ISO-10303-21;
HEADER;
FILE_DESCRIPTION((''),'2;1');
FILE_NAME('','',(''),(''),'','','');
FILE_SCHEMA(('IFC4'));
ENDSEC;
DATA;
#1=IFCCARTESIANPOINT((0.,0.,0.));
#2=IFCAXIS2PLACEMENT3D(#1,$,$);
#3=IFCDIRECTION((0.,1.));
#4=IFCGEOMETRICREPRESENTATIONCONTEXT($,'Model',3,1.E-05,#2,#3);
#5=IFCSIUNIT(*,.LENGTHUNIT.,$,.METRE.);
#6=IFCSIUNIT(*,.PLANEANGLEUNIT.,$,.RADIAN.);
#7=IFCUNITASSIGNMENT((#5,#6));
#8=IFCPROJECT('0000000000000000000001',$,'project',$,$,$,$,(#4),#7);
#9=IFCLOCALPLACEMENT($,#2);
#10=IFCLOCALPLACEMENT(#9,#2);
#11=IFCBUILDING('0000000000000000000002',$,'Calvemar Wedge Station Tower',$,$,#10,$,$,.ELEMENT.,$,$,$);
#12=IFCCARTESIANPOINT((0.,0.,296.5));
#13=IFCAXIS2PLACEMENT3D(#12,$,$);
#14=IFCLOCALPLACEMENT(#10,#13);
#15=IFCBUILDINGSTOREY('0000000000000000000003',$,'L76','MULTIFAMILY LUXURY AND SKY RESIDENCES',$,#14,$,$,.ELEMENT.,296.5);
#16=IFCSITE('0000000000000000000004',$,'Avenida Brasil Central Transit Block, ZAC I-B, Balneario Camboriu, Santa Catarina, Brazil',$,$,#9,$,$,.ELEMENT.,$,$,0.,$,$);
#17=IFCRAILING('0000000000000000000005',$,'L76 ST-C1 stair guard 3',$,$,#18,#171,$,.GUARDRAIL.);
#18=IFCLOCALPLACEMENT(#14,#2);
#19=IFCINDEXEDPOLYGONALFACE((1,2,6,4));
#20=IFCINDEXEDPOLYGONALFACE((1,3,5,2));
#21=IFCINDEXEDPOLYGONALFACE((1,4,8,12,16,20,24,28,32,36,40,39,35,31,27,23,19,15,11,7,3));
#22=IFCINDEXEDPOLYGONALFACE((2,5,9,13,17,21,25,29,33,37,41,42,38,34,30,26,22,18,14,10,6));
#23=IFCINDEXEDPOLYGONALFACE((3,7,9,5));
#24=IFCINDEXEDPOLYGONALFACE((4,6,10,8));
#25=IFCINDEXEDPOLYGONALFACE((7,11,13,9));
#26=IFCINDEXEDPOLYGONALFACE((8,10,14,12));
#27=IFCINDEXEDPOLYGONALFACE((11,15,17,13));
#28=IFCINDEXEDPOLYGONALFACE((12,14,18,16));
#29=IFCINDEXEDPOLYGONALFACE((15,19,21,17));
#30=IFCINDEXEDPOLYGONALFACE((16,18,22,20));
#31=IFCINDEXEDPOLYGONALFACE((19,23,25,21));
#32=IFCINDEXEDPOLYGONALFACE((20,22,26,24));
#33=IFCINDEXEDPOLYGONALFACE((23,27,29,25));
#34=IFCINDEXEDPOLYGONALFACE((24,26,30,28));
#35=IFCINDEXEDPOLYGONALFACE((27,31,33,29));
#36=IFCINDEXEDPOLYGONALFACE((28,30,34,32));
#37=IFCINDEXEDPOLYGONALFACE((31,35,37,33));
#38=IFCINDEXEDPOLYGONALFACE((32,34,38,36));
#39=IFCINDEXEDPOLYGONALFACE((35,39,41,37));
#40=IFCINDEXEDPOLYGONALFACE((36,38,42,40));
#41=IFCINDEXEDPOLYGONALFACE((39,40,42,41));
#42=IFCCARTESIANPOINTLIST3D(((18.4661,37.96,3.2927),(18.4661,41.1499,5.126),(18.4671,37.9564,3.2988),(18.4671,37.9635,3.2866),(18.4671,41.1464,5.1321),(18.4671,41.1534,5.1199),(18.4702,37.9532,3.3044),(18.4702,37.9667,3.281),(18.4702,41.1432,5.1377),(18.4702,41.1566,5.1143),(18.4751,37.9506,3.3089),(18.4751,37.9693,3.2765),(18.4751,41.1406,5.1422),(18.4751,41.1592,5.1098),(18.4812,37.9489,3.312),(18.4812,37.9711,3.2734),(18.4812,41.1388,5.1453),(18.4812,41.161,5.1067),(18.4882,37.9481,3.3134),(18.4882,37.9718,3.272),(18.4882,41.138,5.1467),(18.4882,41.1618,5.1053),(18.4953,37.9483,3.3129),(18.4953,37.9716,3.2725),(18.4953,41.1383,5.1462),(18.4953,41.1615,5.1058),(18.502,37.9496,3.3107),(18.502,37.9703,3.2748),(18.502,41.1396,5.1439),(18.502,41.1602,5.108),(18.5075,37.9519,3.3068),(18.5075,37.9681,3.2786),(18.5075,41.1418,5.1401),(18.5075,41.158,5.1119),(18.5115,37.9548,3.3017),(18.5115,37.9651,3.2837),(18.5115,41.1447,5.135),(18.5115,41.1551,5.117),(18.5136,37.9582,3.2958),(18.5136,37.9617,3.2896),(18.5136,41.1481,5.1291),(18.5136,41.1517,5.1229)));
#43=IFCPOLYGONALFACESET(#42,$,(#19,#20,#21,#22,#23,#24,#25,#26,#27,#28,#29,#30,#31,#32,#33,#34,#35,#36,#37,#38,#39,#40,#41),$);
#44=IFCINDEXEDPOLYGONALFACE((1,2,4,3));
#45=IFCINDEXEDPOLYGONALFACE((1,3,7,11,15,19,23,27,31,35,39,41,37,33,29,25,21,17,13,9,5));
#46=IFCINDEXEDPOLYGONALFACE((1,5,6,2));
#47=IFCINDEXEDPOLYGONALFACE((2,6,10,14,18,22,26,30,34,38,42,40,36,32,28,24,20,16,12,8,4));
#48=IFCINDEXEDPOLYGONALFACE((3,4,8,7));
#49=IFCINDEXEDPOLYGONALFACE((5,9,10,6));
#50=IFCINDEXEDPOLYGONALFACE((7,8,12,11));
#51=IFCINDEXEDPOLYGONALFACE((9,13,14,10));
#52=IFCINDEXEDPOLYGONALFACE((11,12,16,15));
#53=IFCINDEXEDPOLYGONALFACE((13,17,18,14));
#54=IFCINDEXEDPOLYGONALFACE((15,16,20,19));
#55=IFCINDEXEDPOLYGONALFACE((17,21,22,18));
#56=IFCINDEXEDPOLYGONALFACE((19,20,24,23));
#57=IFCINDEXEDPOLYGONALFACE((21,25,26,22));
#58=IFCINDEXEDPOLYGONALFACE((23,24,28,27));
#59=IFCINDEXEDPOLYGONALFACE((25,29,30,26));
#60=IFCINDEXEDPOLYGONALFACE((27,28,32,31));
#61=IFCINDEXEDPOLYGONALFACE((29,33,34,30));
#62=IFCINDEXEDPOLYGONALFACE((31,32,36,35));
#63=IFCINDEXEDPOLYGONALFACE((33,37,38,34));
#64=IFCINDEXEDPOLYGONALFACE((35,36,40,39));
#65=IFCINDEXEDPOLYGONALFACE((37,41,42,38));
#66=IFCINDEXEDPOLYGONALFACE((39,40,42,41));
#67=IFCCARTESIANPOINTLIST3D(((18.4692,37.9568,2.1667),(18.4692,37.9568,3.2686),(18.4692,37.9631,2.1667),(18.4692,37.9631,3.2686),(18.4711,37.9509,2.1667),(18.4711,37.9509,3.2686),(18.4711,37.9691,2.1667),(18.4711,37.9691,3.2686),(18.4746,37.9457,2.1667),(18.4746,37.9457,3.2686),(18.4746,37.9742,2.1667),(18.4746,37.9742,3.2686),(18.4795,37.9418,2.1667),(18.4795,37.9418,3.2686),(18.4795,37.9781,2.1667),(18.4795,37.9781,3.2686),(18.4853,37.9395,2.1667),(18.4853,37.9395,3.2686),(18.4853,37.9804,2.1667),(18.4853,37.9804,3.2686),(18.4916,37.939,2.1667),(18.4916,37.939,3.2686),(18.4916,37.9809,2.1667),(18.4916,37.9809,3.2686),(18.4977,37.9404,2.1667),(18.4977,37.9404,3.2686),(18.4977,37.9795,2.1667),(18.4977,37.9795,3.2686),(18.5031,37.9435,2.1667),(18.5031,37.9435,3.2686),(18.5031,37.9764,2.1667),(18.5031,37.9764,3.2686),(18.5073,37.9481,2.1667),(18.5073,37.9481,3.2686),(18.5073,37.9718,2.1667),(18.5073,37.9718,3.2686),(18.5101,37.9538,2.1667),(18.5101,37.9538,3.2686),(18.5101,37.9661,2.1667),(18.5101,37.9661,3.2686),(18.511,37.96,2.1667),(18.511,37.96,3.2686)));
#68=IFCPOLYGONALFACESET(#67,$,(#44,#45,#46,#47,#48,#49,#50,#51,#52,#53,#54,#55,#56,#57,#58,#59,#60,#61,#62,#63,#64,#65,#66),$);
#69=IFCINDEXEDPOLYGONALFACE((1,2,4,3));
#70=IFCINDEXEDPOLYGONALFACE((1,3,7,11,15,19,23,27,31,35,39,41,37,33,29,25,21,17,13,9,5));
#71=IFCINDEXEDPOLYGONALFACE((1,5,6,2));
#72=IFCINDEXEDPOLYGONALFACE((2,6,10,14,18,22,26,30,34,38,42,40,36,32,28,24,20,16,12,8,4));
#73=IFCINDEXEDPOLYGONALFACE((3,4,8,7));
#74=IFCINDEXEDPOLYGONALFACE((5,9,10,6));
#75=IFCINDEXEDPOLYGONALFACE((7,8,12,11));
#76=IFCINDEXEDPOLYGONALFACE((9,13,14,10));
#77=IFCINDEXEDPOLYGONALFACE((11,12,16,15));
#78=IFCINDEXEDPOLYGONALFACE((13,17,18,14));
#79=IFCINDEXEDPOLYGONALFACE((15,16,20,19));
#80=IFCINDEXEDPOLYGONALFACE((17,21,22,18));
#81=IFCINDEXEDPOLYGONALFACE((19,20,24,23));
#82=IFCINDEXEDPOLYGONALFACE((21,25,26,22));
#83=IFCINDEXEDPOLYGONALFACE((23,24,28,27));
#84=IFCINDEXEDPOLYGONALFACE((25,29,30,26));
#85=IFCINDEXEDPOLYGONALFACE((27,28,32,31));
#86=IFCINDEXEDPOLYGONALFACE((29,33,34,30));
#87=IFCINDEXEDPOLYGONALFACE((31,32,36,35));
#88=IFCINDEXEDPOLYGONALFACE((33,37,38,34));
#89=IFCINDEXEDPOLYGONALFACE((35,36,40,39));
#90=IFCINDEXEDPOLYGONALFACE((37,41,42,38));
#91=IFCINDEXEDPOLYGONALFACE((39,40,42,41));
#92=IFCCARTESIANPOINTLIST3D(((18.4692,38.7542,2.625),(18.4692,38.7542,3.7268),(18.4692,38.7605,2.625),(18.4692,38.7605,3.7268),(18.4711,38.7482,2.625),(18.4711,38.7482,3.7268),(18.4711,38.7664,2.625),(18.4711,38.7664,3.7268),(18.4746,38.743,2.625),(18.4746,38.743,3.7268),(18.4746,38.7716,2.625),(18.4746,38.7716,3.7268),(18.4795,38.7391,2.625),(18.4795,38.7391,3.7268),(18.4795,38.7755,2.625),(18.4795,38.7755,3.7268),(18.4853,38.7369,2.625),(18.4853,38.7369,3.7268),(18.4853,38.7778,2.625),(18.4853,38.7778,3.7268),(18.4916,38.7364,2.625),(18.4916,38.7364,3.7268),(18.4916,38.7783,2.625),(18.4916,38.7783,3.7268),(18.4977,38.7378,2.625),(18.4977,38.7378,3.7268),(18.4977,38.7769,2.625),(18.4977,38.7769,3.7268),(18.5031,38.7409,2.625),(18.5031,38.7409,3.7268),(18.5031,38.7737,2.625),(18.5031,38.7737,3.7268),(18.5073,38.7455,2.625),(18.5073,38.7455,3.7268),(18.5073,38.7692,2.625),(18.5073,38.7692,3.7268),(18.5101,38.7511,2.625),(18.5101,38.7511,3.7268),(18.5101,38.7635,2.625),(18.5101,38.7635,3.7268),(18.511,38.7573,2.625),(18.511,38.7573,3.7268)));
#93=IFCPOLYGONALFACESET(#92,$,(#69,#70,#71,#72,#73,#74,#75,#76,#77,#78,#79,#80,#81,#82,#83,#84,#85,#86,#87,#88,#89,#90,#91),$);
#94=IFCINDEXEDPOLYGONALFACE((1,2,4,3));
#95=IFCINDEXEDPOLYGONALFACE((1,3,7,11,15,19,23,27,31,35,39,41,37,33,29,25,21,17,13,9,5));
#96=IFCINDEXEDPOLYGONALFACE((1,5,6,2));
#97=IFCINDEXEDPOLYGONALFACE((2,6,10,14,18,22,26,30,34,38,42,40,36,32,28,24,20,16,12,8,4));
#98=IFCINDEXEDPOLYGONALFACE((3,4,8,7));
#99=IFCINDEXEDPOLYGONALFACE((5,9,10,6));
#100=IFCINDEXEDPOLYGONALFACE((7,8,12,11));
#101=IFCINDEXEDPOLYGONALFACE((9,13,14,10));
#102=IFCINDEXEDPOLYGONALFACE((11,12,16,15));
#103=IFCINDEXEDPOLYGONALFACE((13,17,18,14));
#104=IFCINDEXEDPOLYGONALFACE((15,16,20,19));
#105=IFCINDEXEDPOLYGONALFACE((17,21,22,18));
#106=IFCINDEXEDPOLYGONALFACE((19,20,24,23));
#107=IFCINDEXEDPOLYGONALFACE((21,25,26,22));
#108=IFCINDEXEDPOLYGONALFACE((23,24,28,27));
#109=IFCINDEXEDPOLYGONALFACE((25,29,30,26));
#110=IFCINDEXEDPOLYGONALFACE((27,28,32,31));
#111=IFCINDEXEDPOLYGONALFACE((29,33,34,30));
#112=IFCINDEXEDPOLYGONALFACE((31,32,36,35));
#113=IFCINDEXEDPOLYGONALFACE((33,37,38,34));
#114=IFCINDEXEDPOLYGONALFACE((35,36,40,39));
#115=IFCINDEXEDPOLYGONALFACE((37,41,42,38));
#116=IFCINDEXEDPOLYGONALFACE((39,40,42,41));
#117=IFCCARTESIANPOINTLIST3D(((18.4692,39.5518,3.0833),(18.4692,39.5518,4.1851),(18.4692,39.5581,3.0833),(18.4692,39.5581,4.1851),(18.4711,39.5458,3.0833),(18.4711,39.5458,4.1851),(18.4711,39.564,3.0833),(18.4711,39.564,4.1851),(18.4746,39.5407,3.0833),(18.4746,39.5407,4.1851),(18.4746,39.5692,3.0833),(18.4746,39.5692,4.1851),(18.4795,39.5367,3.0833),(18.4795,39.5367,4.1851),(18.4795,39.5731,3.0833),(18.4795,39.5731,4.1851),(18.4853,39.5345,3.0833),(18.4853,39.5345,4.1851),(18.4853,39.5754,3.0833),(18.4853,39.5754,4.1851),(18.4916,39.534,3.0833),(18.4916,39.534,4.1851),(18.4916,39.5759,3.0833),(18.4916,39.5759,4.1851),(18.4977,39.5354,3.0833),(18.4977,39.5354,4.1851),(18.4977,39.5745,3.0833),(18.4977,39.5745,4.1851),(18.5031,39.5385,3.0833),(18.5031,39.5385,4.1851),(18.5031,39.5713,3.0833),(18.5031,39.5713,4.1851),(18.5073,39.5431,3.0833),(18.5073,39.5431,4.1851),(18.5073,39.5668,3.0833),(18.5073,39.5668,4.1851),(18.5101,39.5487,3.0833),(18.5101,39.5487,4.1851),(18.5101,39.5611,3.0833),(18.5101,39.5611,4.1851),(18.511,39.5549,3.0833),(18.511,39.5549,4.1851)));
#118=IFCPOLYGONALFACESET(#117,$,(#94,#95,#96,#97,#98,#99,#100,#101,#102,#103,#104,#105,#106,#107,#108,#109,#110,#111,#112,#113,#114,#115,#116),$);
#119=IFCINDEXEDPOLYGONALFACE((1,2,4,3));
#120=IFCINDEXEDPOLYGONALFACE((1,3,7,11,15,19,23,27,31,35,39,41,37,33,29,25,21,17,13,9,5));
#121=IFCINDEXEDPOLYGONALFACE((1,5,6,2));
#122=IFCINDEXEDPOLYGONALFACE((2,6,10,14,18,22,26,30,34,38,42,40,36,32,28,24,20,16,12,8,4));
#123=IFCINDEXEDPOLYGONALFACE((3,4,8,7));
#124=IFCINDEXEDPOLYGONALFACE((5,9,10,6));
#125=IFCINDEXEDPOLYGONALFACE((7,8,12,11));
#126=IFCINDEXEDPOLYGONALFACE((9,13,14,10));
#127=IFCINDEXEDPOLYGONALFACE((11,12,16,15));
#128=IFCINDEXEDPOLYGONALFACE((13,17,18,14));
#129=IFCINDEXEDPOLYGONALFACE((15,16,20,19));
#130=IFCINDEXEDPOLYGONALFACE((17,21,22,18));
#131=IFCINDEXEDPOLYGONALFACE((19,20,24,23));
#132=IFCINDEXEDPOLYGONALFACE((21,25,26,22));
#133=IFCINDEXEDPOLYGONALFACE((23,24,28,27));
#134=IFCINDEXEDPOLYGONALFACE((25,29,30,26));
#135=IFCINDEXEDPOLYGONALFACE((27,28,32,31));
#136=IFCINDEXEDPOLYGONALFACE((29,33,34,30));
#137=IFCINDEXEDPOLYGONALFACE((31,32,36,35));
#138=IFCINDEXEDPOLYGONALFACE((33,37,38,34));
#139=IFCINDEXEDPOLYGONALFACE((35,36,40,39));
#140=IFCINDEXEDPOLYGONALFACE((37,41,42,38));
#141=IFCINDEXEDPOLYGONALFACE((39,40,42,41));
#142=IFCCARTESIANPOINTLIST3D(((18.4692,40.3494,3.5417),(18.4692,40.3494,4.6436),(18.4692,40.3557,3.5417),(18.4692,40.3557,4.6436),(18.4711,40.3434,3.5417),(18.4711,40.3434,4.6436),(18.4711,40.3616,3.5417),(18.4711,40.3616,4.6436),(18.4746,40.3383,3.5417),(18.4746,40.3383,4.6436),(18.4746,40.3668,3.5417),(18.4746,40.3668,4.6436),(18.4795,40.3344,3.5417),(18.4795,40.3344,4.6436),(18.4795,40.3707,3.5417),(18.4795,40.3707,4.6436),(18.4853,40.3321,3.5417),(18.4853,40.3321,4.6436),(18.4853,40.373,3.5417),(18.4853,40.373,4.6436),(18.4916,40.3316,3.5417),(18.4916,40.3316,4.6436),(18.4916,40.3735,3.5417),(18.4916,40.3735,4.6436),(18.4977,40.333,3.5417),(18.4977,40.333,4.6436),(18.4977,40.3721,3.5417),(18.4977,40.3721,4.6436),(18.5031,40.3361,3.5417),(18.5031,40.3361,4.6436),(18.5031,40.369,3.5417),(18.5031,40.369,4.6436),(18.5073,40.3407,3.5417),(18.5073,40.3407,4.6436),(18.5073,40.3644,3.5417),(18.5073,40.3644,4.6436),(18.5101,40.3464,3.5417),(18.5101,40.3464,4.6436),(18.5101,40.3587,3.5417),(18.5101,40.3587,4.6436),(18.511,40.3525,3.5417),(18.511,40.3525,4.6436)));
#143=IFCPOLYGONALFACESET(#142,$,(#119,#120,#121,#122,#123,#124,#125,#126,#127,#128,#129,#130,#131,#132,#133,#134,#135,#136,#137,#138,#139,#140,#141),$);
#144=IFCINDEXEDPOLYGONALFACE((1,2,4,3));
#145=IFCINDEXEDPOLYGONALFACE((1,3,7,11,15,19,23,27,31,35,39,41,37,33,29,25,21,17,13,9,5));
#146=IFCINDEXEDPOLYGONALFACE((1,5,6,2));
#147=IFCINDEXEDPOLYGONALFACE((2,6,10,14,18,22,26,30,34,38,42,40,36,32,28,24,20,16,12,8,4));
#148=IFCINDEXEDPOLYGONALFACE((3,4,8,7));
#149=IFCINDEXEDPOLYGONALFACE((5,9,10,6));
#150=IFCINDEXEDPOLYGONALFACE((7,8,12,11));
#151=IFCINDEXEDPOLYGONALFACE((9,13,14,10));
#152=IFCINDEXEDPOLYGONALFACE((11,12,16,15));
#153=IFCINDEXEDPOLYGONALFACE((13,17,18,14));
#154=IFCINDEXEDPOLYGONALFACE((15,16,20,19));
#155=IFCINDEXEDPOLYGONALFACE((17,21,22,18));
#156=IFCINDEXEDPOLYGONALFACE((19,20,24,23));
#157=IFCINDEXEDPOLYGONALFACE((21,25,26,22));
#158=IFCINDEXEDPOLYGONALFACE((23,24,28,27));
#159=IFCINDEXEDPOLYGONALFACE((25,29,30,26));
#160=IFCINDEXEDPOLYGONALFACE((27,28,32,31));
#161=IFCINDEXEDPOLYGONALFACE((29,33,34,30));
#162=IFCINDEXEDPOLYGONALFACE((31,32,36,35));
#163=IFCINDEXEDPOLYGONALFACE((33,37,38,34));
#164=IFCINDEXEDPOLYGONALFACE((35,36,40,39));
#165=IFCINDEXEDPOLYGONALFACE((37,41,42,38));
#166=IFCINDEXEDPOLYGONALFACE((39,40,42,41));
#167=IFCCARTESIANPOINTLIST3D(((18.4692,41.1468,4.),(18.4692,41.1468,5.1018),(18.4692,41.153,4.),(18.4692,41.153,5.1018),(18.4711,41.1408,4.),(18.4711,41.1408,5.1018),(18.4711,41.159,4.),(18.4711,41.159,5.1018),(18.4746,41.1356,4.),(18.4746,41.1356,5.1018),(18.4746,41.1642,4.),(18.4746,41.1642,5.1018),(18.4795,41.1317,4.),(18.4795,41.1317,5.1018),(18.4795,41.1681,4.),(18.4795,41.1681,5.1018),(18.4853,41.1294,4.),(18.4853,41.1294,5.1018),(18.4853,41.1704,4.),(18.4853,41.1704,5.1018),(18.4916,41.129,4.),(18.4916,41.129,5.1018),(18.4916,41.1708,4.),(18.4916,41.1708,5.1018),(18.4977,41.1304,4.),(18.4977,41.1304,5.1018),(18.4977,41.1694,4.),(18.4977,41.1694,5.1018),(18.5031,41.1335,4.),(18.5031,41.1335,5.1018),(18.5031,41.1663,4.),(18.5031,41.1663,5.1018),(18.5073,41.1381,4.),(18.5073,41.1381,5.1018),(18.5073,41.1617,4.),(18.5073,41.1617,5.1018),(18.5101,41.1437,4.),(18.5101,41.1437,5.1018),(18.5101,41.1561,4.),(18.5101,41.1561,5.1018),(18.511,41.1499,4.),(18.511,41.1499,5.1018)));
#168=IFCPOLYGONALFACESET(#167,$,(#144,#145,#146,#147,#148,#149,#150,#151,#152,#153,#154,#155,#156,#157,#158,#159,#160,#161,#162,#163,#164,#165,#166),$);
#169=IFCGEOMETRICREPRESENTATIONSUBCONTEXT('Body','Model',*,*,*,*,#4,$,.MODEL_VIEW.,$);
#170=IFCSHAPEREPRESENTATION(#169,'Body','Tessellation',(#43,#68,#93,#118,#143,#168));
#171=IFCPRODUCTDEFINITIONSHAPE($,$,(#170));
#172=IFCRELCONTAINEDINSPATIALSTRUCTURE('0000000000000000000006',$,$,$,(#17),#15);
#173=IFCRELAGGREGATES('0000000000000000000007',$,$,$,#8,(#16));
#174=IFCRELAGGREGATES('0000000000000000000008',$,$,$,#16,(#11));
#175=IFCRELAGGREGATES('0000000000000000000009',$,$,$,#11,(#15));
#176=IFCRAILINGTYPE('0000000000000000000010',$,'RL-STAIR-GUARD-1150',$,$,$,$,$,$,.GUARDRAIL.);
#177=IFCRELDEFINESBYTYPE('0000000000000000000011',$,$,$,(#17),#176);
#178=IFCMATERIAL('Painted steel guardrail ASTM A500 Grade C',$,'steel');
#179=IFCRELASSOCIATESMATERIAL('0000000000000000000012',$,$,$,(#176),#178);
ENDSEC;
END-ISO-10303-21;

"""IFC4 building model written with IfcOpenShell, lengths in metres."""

from ifc_helpers import new_model, si_unit, direction, frame, origin, origin_2d, place, context, subcontext, project, spatial, circle, extrude, material, type_object, element, save


model = new_model("IFC4")

# Units and contexts
model_context = context("Model", 3, precision=1e-05, world=origin(), true_north=direction((0.0, 1.0)))
body_context = subcontext(model_context, "Body", "Model", "MODEL_VIEW")
ifc_project = project(units=[si_unit("LENGTHUNIT", "METRE"), si_unit("PLANEANGLEUNIT", "RADIAN")], contexts=[model_context])

# Site, building, storey
site_placement = place(None, origin())
site = spatial("IfcSite", under=ifc_project, at=site_placement, Name="Avenida Brasil Central Transit Block, ZAC I-B, Balneario Camboriu, Santa Catarina, Brazil", CompositionType="ELEMENT", RefElevation=0.0)
building_placement = place(site_placement, origin())
building = spatial("IfcBuilding", under=site, at=building_placement, Name="Calvemar Wedge Station Tower", CompositionType="ELEMENT")
storey_placement = place(building_placement, frame((0.0, 0.0, 296.5)))
storey = spatial("IfcBuildingStorey", under=building, at=storey_placement, Name="L76", Description="MULTIFAMILY LUXURY AND SKY RESIDENCES", CompositionType="ELEMENT", Elevation=296.5)

# Railing
ifc_material_1 = material(Name="Painted steel guardrail ASTM A500 Grade C", Category="steel")
railing_type_1 = type_object("IfcRailingType", Name="RL-STAIR-GUARD-1150", PredefinedType="GUARDRAIL", material=ifc_material_1)
railing_1_placement = place(storey_placement, frame((18.49, 37.96, 2.1667)))
element("IfcRailing", 1, at=railing_1_placement, inside=storey, type_object=railing_type_1, Name="L76 ST-C1 stair guard 3", PredefinedType="GUARDRAIL", context=body_context, shape_type="SweptSolid", body=[
    extrude(circle(Radius=0.0239, at=origin_2d()), frame((0.0, 0.0, 1.126), z_axis=(0.0, 0.86702, 0.498274), x_axis=(-1.0, 0.0, 0.0)), (0.0, 0.0, 1.0), 3.6792),
    extrude(circle(Radius=0.021, at=origin_2d()), origin(), (0.0, 0.0, 1.0), 1.1018),
    extrude(circle(Radius=0.021, at=origin_2d()), frame((0.0, 0.7974, 0.4583)), (0.0, 0.0, 1.0), 1.1018),
    extrude(circle(Radius=0.021, at=origin_2d()), frame((0.0, 1.595, 0.9165)), (0.0, 0.0, 1.0), 1.1018),
    extrude(circle(Radius=0.021, at=origin_2d()), frame((0.0, 2.3926, 1.375)), (0.0, 0.0, 1.0), 1.1018),
    extrude(circle(Radius=0.021, at=origin_2d()), frame((0.0, 3.1899, 1.8333)), (0.0, 0.0, 1.0), 1.1018),
])

save(model, "model.ifc")
